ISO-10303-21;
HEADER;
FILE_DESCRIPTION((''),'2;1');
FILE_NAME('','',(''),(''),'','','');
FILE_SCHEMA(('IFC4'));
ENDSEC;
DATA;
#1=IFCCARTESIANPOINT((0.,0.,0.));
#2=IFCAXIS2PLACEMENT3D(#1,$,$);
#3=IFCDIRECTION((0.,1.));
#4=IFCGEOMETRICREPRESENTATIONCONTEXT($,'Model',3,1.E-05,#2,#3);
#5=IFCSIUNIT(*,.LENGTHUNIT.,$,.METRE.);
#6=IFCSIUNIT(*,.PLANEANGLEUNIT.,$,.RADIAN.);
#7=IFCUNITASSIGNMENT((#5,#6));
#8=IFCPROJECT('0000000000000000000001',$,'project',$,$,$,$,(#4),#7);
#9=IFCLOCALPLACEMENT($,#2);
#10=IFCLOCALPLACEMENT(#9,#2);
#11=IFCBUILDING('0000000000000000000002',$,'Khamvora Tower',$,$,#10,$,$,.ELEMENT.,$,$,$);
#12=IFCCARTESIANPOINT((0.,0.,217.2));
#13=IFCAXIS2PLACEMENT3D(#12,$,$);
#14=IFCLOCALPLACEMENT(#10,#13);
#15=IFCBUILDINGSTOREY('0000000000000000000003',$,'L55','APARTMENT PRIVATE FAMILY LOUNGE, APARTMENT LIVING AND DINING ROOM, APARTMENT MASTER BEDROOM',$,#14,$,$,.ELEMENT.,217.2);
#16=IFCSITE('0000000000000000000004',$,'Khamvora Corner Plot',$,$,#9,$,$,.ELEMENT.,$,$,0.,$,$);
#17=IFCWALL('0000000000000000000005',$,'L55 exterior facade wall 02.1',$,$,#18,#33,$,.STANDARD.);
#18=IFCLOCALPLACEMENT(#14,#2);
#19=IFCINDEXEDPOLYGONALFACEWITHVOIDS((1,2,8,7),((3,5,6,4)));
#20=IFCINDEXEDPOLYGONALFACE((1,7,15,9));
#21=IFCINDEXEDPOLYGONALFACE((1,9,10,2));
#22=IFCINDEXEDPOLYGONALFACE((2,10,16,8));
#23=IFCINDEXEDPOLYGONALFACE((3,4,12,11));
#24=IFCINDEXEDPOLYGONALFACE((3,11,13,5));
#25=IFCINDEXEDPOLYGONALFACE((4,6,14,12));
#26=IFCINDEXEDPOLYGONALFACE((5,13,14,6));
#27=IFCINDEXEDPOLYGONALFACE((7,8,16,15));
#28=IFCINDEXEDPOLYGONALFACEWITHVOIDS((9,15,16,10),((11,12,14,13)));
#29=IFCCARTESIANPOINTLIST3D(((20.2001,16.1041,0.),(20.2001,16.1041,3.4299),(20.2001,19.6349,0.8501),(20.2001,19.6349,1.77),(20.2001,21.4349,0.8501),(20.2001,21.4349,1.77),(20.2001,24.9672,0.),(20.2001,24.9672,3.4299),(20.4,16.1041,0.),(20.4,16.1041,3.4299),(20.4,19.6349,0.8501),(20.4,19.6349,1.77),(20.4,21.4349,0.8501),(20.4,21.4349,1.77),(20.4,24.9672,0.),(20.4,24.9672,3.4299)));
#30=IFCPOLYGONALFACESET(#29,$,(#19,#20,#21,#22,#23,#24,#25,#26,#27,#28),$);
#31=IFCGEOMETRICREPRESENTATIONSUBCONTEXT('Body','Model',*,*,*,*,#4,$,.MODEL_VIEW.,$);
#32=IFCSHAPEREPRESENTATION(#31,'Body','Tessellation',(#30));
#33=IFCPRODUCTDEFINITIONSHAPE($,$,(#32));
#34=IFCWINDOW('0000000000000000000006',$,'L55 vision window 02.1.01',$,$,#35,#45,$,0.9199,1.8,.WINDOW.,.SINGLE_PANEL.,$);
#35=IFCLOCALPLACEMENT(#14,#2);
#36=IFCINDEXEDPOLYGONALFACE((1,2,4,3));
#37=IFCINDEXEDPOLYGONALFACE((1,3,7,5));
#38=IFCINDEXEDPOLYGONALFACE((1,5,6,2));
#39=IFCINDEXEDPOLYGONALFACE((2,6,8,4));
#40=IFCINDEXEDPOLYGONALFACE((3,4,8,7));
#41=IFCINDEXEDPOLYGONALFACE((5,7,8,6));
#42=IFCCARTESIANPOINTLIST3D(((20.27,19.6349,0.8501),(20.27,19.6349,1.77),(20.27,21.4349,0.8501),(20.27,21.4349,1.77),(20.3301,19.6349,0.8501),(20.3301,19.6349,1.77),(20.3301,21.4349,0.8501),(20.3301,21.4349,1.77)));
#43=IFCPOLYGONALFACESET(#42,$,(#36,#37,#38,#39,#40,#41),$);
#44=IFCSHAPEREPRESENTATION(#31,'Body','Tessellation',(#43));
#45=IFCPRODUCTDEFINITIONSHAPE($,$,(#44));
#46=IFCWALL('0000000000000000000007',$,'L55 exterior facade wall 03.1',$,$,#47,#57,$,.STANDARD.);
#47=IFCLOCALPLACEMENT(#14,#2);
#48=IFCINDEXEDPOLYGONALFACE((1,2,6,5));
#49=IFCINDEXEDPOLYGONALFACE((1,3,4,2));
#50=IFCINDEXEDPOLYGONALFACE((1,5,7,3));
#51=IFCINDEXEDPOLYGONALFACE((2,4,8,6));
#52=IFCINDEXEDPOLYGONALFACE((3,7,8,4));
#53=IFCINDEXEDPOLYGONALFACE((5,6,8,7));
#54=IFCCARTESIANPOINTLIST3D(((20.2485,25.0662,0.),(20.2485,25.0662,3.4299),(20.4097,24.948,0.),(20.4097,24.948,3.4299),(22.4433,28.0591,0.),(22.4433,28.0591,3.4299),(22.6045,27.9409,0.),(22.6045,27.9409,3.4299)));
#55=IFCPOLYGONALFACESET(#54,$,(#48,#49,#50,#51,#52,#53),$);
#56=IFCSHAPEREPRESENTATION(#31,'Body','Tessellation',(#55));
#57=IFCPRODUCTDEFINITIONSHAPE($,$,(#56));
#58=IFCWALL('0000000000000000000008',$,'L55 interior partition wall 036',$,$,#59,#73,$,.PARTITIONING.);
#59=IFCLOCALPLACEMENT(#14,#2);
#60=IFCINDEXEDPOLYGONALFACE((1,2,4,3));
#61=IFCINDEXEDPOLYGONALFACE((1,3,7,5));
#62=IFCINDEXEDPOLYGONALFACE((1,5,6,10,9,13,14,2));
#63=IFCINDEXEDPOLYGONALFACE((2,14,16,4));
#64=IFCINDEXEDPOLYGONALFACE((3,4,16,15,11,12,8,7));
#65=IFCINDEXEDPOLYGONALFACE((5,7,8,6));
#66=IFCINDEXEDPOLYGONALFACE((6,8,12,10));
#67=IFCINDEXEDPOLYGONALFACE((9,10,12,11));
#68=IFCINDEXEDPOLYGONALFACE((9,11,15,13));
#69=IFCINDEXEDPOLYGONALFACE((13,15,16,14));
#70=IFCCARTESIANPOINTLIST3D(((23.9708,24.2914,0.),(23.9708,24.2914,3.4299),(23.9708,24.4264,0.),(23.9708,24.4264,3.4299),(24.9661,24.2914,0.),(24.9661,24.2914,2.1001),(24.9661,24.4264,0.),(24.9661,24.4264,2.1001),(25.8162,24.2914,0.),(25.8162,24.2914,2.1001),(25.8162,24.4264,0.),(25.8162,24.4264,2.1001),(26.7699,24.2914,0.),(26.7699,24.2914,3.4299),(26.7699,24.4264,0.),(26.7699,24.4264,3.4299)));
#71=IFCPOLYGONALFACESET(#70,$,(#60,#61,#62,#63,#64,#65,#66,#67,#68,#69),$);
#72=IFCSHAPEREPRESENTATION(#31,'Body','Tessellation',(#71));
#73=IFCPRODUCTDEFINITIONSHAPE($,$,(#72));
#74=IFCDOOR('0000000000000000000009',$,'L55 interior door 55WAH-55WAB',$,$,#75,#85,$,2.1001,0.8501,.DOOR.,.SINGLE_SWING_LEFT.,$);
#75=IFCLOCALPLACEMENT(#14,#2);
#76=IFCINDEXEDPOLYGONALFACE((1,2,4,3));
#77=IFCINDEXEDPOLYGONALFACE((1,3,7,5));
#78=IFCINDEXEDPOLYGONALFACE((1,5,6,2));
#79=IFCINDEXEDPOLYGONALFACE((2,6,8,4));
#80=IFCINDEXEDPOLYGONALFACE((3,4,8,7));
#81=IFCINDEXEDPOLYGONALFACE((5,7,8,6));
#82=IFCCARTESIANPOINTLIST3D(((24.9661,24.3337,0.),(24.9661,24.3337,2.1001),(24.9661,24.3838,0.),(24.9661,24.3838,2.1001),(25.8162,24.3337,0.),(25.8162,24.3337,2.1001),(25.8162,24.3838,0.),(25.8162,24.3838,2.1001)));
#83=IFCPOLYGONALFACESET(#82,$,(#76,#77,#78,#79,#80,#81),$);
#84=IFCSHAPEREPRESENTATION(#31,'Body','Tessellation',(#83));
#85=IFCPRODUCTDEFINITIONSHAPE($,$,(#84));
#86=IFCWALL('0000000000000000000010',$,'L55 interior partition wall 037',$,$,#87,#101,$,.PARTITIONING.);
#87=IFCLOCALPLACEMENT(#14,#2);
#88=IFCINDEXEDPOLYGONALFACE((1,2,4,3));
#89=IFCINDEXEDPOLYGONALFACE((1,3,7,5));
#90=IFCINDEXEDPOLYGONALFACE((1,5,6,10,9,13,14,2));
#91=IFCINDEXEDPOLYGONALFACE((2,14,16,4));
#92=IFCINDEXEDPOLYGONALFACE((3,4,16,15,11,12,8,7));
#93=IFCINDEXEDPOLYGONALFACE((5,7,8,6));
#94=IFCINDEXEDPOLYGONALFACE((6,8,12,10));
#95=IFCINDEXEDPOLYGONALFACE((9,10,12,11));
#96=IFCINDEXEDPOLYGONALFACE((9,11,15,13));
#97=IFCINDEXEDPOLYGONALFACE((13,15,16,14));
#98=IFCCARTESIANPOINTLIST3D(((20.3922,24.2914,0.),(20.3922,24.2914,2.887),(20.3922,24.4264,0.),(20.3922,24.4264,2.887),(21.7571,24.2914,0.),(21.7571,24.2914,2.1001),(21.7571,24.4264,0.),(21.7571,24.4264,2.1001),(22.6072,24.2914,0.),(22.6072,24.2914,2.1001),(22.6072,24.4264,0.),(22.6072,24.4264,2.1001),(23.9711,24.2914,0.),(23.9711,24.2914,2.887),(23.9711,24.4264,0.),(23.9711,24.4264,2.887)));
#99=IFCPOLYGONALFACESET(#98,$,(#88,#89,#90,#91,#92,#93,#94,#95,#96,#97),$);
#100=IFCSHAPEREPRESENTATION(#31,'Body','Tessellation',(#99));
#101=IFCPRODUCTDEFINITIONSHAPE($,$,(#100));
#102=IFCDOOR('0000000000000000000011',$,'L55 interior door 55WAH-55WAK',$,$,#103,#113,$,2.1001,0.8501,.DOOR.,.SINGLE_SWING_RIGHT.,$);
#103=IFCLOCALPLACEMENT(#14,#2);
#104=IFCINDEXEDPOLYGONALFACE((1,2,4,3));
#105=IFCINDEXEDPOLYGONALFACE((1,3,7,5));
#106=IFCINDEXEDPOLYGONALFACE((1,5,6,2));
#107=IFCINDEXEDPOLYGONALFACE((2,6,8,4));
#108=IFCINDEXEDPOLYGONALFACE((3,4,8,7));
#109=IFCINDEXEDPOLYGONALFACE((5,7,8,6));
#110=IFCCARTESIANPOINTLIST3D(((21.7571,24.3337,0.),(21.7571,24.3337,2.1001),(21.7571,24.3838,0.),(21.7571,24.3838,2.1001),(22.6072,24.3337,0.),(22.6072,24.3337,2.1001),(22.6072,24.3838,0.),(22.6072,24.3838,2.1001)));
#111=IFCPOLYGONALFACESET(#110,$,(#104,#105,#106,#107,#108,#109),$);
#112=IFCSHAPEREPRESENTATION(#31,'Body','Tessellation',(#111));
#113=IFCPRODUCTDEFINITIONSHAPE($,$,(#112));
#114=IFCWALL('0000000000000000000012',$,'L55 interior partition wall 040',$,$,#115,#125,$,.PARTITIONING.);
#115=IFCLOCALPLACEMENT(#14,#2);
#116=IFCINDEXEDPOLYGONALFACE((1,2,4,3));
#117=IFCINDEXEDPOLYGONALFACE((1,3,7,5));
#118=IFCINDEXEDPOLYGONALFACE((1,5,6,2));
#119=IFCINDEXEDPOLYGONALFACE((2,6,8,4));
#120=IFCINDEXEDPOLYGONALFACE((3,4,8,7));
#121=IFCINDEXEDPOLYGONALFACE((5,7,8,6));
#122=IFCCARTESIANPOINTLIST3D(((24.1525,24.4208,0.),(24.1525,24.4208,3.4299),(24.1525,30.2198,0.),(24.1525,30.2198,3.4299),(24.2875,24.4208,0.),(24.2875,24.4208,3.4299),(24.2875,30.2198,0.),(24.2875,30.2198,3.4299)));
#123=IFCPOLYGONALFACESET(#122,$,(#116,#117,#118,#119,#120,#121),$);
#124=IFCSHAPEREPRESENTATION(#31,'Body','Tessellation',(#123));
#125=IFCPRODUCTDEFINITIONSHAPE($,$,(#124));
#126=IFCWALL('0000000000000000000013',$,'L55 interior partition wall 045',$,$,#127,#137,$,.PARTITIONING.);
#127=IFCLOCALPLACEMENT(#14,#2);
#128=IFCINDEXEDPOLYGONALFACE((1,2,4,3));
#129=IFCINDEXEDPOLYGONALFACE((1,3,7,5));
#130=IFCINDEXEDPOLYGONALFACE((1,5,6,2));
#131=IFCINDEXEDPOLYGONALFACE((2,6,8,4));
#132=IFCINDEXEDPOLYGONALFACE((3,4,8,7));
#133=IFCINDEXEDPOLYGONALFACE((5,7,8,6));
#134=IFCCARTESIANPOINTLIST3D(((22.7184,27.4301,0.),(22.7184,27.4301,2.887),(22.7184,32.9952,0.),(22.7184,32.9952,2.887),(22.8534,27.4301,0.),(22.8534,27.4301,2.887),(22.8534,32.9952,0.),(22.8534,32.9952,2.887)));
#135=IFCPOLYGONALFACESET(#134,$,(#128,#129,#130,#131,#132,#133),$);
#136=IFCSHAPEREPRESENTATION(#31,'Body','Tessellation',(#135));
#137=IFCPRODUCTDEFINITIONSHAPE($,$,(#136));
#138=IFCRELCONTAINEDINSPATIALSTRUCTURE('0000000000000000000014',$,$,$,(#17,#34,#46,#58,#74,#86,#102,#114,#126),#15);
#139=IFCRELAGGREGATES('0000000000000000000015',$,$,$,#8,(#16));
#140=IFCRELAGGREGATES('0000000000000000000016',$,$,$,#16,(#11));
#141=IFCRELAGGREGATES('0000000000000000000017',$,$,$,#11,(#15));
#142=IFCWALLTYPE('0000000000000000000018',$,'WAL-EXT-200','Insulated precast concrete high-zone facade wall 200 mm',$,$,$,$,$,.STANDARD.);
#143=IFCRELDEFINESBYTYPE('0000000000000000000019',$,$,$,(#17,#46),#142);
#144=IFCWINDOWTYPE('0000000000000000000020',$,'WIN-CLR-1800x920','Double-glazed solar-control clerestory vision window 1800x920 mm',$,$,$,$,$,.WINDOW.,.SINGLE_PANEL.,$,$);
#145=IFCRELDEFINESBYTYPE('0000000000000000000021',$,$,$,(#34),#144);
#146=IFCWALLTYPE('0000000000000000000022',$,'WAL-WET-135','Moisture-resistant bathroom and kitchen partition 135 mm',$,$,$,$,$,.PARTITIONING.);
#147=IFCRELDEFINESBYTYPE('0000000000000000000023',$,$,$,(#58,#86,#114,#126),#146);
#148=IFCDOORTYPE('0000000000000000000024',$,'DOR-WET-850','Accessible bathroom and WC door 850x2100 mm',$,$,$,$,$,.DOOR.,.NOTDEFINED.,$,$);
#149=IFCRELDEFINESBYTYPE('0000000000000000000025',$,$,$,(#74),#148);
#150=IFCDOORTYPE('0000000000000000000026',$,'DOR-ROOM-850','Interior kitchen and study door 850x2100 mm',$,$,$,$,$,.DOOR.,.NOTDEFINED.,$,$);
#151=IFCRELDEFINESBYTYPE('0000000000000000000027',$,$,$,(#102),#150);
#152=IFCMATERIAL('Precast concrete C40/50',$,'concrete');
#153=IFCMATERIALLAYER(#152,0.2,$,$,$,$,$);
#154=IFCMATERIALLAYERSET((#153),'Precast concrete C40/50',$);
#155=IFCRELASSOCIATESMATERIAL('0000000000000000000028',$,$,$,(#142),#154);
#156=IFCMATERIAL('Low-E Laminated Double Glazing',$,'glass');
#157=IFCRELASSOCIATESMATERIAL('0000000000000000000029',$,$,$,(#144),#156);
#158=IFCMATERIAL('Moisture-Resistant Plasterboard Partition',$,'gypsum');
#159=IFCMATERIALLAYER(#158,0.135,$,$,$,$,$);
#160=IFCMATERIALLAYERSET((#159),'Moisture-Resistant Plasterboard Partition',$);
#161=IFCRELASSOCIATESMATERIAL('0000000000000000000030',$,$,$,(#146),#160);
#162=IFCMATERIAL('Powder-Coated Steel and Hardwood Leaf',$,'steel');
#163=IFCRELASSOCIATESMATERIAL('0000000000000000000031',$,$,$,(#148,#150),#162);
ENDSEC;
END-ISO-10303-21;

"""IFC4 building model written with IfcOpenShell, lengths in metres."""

from ifc_helpers import new_model, si_unit, direction, frame, frame_2d, origin, place, context, subcontext, project, spatial, rectangle, extrude, material, layer, layer_set, type_object, element, fill, save


model = new_model("IFC4")

# Units and contexts
model_context = context("Model", 3, precision=1e-05, world=origin(), true_north=direction((0.0, 1.0)))
body_context = subcontext(model_context, "Body", "Model", "MODEL_VIEW")
ifc_project = project(units=[si_unit("LENGTHUNIT", "METRE"), si_unit("PLANEANGLEUNIT", "RADIAN")], contexts=[model_context])

# Site, building, storey
site_placement = place(None, origin())
site = spatial("IfcSite", under=ifc_project, at=site_placement, Name="Khamvora Corner Plot", CompositionType="ELEMENT", RefElevation=0.0)
building_placement = place(site_placement, origin())
building = spatial("IfcBuilding", under=site, at=building_placement, Name="Khamvora Tower", CompositionType="ELEMENT")
storey_placement = place(building_placement, frame((0.0, 0.0, 217.2)))
storey = spatial("IfcBuildingStorey", under=building, at=storey_placement, Name="L55", Description="APARTMENT PRIVATE FAMILY LOUNGE, APARTMENT LIVING AND DINING ROOM, APARTMENT MASTER BEDROOM", CompositionType="ELEMENT", Elevation=217.2)

# Shared definitions
ifc_material_1 = material(Name="Precast concrete C40/50", Category="concrete")
ifc_layer_1 = layer(ifc_material_1, 0.2)
ifc_layer_set_1 = layer_set([ifc_layer_1], Name="Precast concrete C40/50")
wall_type_1 = type_object("IfcWallType", Name="WAL-EXT-200", Description="Insulated precast concrete high-zone facade wall 200 mm", PredefinedType="STANDARD", material=ifc_layer_set_1)

# Wall, opening, window
wall_1_placement = place(storey_placement, frame((20.3, 16.104, 0.0), z_axis=(0.0, 0.0, 1.0), x_axis=(0.0, 1.0, 0.0)))
wall_1 = element("IfcWall", 1, at=wall_1_placement, inside=storey, type_object=wall_type_1, Name="L55 exterior facade wall 02.1", PredefinedType="STANDARD", context=body_context, shape_type="SweptSolid", body=[
    extrude(rectangle(XDim=8.863, YDim=0.2, at=frame_2d((4.4316, 0.0))), origin(), (0.0, 0.0, 1.0), 3.4299),
])
opening_1_placement = place(wall_1_placement, frame((3.531, 0.0, 0.8501)))
opening_1 = element("IfcOpeningElement", 2, at=opening_1_placement, cuts=wall_1, PredefinedType="OPENING", context=body_context, shape_type="SweptSolid", body=[
    extrude(rectangle(XDim=1.8, YDim=0.9199, at=frame_2d((0.8999, 0.46))), frame((0.0, 0.1099, 0.0), z_axis=(0.0, -1.0, 0.0), x_axis=(1.0, 0.0, 0.0)), (0.0, 0.0, 1.0), 0.22),
])
ifc_material_2 = material(Name="Low-E Laminated Double Glazing", Category="glass")
window_type = type_object("IfcWindowType", Name="WIN-CLR-1800x920", Description="Double-glazed solar-control clerestory vision window 1800x920 mm", PartitioningType="SINGLE_PANEL", PredefinedType="WINDOW", material=ifc_material_2)
window_placement = place(opening_1_placement, origin())
window = element("IfcWindow", 3, at=window_placement, inside=storey, type_object=window_type, Name="L55 vision window 02.1.01", OverallHeight=0.9199, OverallWidth=1.8, PartitioningType="SINGLE_PANEL", PredefinedType="WINDOW", context=body_context, shape_type="SweptSolid", body=[
    extrude(rectangle(XDim=1.8, YDim=0.9199, at=frame_2d((0.8999, 0.46))), frame((0.0, 0.03, 0.0), z_axis=(0.0, -1.0, 0.0), x_axis=(1.0, 0.0, 0.0)), (0.0, 0.0, 1.0), 0.0601),
])
fill(opening_1, window)

# Wall
wall_2_placement = place(storey_placement, frame((20.3291, 25.0071, 0.0), z_axis=(0.0, 0.0, 1.0), x_axis=(0.591367, 0.806403, 0.0)))
element("IfcWall", 4, at=wall_2_placement, inside=storey, type_object=wall_type_1, Name="L55 exterior facade wall 03.1", PredefinedType="STANDARD", context=body_context, shape_type="SweptSolid", body=[
    extrude(rectangle(XDim=3.7114, YDim=0.2, at=frame_2d((1.8557, 0.0))), origin(), (0.0, 0.0, 1.0), 3.4299),
])

# Walls, openings, doors
ifc_material_3 = material(Name="Moisture-Resistant Plasterboard Partition", Category="gypsum")
ifc_layer_2 = layer(ifc_material_3, 0.135)
ifc_layer_set_2 = layer_set([ifc_layer_2], Name="Moisture-Resistant Plasterboard Partition")
wall_type_2 = type_object("IfcWallType", Name="WAL-WET-135", Description="Moisture-resistant bathroom and kitchen partition 135 mm", PredefinedType="PARTITIONING", material=ifc_layer_set_2)
wall_3_placement = place(storey_placement, frame((23.9709, 24.3589, 0.0), z_axis=(0.0, 0.0, 1.0), x_axis=(1.0, 0.0, 0.0)))
wall_3 = element("IfcWall", 5, at=wall_3_placement, inside=storey, type_object=wall_type_2, Name="L55 interior partition wall 036", PredefinedType="PARTITIONING", context=body_context, shape_type="SweptSolid", body=[
    extrude(rectangle(XDim=2.7991, YDim=0.135, at=frame_2d((1.3994, 0.0))), origin(), (0.0, 0.0, 1.0), 3.4299),
])
opening_2_placement = place(wall_3_placement, frame((0.9951, 0.0, 0.0)))
opening_2 = element("IfcOpeningElement", 6, at=opening_2_placement, cuts=wall_3, PredefinedType="OPENING", context=body_context, shape_type="SweptSolid", body=[
    extrude(rectangle(XDim=0.8501, YDim=2.1001, at=frame_2d((0.425, 1.05))), frame((0.0, 0.0774, 0.0), z_axis=(0.0, -1.0, 0.0), x_axis=(1.0, 0.0, 0.0)), (0.0, 0.0, 1.0), 0.155),
])
ifc_material_4 = material(Name="Powder-Coated Steel and Hardwood Leaf", Category="steel")
door_type_1 = type_object("IfcDoorType", Name="DOR-WET-850", Description="Accessible bathroom and WC door 850x2100 mm", OperationType="NOTDEFINED", PredefinedType="DOOR", material=ifc_material_4)
door_1_placement = place(opening_2_placement, origin())
door_1 = element("IfcDoor", 7, at=door_1_placement, inside=storey, type_object=door_type_1, Name="L55 interior door 55WAH-55WAB", OperationType="SINGLE_SWING_LEFT", OverallHeight=2.1001, OverallWidth=0.8501, PredefinedType="DOOR", context=body_context, shape_type="SweptSolid", body=[
    extrude(rectangle(XDim=0.8501, YDim=2.1001, at=frame_2d((0.425, 1.05))), frame((0.0, 0.0249, 0.0), z_axis=(0.0, -1.0, 0.0), x_axis=(1.0, 0.0, 0.0)), (0.0, 0.0, 1.0), 0.05),
])
fill(opening_2, door_1)
wall_4_placement = place(storey_placement, frame((20.3921, 24.3589, 0.0), z_axis=(0.0, 0.0, 1.0), x_axis=(1.0, 0.0, 0.0)))
wall_4 = element("IfcWall", 8, at=wall_4_placement, inside=storey, type_object=wall_type_2, Name="L55 interior partition wall 037", PredefinedType="PARTITIONING", context=body_context, shape_type="SweptSolid", body=[
    extrude(rectangle(XDim=3.5789, YDim=0.135, at=frame_2d((1.7896, 0.0))), origin(), (0.0, 0.0, 1.0), 2.887),
])
opening_3_placement = place(wall_4_placement, frame((1.365, 0.0, 0.0)))
opening_3 = element("IfcOpeningElement", 9, at=opening_3_placement, cuts=wall_4, PredefinedType="OPENING", context=body_context, shape_type="SweptSolid", body=[
    extrude(rectangle(XDim=0.8501, YDim=2.1001, at=frame_2d((0.425, 1.05))), frame((0.0, 0.0774, 0.0), z_axis=(0.0, -1.0, 0.0), x_axis=(1.0, 0.0, 0.0)), (0.0, 0.0, 1.0), 0.155),
])
door_type_2 = type_object("IfcDoorType", Name="DOR-ROOM-850", Description="Interior kitchen and study door 850x2100 mm", OperationType="NOTDEFINED", PredefinedType="DOOR", material=ifc_material_4)
door_2_placement = place(opening_3_placement, origin())
door_2 = element("IfcDoor", 10, at=door_2_placement, inside=storey, type_object=door_type_2, Name="L55 interior door 55WAH-55WAK", OperationType="SINGLE_SWING_RIGHT", OverallHeight=2.1001, OverallWidth=0.8501, PredefinedType="DOOR", context=body_context, shape_type="SweptSolid", body=[
    extrude(rectangle(XDim=0.8501, YDim=2.1001, at=frame_2d((0.425, 1.05))), frame((0.0, 0.0249, 0.0), z_axis=(0.0, -1.0, 0.0), x_axis=(1.0, 0.0, 0.0)), (0.0, 0.0, 1.0), 0.05),
])
fill(opening_3, door_2)

# Walls
wall_5_placement = place(storey_placement, frame((24.22, 24.4209, 0.0), z_axis=(0.0, 0.0, 1.0), x_axis=(0.0, 1.0, 0.0)))
element("IfcWall", 11, at=wall_5_placement, inside=storey, type_object=wall_type_2, Name="L55 interior partition wall 040", PredefinedType="PARTITIONING", context=body_context, shape_type="SweptSolid", body=[
    extrude(rectangle(XDim=5.7991, YDim=0.135, at=frame_2d((2.8994, 0.0))), origin(), (0.0, 0.0, 1.0), 3.4299),
])
wall_6_placement = place(storey_placement, frame((22.7859, 27.4299, 0.0), z_axis=(0.0, 0.0, 1.0), x_axis=(0.0, 1.0, 0.0)))
element("IfcWall", 12, at=wall_6_placement, inside=storey, type_object=wall_type_2, Name="L55 interior partition wall 045", PredefinedType="PARTITIONING", context=body_context, shape_type="SweptSolid", body=[
    extrude(rectangle(XDim=5.5652, YDim=0.135, at=frame_2d((2.7827, 0.0))), origin(), (0.0, 0.0, 1.0), 2.887),
])

save(model, "model.ifc")
